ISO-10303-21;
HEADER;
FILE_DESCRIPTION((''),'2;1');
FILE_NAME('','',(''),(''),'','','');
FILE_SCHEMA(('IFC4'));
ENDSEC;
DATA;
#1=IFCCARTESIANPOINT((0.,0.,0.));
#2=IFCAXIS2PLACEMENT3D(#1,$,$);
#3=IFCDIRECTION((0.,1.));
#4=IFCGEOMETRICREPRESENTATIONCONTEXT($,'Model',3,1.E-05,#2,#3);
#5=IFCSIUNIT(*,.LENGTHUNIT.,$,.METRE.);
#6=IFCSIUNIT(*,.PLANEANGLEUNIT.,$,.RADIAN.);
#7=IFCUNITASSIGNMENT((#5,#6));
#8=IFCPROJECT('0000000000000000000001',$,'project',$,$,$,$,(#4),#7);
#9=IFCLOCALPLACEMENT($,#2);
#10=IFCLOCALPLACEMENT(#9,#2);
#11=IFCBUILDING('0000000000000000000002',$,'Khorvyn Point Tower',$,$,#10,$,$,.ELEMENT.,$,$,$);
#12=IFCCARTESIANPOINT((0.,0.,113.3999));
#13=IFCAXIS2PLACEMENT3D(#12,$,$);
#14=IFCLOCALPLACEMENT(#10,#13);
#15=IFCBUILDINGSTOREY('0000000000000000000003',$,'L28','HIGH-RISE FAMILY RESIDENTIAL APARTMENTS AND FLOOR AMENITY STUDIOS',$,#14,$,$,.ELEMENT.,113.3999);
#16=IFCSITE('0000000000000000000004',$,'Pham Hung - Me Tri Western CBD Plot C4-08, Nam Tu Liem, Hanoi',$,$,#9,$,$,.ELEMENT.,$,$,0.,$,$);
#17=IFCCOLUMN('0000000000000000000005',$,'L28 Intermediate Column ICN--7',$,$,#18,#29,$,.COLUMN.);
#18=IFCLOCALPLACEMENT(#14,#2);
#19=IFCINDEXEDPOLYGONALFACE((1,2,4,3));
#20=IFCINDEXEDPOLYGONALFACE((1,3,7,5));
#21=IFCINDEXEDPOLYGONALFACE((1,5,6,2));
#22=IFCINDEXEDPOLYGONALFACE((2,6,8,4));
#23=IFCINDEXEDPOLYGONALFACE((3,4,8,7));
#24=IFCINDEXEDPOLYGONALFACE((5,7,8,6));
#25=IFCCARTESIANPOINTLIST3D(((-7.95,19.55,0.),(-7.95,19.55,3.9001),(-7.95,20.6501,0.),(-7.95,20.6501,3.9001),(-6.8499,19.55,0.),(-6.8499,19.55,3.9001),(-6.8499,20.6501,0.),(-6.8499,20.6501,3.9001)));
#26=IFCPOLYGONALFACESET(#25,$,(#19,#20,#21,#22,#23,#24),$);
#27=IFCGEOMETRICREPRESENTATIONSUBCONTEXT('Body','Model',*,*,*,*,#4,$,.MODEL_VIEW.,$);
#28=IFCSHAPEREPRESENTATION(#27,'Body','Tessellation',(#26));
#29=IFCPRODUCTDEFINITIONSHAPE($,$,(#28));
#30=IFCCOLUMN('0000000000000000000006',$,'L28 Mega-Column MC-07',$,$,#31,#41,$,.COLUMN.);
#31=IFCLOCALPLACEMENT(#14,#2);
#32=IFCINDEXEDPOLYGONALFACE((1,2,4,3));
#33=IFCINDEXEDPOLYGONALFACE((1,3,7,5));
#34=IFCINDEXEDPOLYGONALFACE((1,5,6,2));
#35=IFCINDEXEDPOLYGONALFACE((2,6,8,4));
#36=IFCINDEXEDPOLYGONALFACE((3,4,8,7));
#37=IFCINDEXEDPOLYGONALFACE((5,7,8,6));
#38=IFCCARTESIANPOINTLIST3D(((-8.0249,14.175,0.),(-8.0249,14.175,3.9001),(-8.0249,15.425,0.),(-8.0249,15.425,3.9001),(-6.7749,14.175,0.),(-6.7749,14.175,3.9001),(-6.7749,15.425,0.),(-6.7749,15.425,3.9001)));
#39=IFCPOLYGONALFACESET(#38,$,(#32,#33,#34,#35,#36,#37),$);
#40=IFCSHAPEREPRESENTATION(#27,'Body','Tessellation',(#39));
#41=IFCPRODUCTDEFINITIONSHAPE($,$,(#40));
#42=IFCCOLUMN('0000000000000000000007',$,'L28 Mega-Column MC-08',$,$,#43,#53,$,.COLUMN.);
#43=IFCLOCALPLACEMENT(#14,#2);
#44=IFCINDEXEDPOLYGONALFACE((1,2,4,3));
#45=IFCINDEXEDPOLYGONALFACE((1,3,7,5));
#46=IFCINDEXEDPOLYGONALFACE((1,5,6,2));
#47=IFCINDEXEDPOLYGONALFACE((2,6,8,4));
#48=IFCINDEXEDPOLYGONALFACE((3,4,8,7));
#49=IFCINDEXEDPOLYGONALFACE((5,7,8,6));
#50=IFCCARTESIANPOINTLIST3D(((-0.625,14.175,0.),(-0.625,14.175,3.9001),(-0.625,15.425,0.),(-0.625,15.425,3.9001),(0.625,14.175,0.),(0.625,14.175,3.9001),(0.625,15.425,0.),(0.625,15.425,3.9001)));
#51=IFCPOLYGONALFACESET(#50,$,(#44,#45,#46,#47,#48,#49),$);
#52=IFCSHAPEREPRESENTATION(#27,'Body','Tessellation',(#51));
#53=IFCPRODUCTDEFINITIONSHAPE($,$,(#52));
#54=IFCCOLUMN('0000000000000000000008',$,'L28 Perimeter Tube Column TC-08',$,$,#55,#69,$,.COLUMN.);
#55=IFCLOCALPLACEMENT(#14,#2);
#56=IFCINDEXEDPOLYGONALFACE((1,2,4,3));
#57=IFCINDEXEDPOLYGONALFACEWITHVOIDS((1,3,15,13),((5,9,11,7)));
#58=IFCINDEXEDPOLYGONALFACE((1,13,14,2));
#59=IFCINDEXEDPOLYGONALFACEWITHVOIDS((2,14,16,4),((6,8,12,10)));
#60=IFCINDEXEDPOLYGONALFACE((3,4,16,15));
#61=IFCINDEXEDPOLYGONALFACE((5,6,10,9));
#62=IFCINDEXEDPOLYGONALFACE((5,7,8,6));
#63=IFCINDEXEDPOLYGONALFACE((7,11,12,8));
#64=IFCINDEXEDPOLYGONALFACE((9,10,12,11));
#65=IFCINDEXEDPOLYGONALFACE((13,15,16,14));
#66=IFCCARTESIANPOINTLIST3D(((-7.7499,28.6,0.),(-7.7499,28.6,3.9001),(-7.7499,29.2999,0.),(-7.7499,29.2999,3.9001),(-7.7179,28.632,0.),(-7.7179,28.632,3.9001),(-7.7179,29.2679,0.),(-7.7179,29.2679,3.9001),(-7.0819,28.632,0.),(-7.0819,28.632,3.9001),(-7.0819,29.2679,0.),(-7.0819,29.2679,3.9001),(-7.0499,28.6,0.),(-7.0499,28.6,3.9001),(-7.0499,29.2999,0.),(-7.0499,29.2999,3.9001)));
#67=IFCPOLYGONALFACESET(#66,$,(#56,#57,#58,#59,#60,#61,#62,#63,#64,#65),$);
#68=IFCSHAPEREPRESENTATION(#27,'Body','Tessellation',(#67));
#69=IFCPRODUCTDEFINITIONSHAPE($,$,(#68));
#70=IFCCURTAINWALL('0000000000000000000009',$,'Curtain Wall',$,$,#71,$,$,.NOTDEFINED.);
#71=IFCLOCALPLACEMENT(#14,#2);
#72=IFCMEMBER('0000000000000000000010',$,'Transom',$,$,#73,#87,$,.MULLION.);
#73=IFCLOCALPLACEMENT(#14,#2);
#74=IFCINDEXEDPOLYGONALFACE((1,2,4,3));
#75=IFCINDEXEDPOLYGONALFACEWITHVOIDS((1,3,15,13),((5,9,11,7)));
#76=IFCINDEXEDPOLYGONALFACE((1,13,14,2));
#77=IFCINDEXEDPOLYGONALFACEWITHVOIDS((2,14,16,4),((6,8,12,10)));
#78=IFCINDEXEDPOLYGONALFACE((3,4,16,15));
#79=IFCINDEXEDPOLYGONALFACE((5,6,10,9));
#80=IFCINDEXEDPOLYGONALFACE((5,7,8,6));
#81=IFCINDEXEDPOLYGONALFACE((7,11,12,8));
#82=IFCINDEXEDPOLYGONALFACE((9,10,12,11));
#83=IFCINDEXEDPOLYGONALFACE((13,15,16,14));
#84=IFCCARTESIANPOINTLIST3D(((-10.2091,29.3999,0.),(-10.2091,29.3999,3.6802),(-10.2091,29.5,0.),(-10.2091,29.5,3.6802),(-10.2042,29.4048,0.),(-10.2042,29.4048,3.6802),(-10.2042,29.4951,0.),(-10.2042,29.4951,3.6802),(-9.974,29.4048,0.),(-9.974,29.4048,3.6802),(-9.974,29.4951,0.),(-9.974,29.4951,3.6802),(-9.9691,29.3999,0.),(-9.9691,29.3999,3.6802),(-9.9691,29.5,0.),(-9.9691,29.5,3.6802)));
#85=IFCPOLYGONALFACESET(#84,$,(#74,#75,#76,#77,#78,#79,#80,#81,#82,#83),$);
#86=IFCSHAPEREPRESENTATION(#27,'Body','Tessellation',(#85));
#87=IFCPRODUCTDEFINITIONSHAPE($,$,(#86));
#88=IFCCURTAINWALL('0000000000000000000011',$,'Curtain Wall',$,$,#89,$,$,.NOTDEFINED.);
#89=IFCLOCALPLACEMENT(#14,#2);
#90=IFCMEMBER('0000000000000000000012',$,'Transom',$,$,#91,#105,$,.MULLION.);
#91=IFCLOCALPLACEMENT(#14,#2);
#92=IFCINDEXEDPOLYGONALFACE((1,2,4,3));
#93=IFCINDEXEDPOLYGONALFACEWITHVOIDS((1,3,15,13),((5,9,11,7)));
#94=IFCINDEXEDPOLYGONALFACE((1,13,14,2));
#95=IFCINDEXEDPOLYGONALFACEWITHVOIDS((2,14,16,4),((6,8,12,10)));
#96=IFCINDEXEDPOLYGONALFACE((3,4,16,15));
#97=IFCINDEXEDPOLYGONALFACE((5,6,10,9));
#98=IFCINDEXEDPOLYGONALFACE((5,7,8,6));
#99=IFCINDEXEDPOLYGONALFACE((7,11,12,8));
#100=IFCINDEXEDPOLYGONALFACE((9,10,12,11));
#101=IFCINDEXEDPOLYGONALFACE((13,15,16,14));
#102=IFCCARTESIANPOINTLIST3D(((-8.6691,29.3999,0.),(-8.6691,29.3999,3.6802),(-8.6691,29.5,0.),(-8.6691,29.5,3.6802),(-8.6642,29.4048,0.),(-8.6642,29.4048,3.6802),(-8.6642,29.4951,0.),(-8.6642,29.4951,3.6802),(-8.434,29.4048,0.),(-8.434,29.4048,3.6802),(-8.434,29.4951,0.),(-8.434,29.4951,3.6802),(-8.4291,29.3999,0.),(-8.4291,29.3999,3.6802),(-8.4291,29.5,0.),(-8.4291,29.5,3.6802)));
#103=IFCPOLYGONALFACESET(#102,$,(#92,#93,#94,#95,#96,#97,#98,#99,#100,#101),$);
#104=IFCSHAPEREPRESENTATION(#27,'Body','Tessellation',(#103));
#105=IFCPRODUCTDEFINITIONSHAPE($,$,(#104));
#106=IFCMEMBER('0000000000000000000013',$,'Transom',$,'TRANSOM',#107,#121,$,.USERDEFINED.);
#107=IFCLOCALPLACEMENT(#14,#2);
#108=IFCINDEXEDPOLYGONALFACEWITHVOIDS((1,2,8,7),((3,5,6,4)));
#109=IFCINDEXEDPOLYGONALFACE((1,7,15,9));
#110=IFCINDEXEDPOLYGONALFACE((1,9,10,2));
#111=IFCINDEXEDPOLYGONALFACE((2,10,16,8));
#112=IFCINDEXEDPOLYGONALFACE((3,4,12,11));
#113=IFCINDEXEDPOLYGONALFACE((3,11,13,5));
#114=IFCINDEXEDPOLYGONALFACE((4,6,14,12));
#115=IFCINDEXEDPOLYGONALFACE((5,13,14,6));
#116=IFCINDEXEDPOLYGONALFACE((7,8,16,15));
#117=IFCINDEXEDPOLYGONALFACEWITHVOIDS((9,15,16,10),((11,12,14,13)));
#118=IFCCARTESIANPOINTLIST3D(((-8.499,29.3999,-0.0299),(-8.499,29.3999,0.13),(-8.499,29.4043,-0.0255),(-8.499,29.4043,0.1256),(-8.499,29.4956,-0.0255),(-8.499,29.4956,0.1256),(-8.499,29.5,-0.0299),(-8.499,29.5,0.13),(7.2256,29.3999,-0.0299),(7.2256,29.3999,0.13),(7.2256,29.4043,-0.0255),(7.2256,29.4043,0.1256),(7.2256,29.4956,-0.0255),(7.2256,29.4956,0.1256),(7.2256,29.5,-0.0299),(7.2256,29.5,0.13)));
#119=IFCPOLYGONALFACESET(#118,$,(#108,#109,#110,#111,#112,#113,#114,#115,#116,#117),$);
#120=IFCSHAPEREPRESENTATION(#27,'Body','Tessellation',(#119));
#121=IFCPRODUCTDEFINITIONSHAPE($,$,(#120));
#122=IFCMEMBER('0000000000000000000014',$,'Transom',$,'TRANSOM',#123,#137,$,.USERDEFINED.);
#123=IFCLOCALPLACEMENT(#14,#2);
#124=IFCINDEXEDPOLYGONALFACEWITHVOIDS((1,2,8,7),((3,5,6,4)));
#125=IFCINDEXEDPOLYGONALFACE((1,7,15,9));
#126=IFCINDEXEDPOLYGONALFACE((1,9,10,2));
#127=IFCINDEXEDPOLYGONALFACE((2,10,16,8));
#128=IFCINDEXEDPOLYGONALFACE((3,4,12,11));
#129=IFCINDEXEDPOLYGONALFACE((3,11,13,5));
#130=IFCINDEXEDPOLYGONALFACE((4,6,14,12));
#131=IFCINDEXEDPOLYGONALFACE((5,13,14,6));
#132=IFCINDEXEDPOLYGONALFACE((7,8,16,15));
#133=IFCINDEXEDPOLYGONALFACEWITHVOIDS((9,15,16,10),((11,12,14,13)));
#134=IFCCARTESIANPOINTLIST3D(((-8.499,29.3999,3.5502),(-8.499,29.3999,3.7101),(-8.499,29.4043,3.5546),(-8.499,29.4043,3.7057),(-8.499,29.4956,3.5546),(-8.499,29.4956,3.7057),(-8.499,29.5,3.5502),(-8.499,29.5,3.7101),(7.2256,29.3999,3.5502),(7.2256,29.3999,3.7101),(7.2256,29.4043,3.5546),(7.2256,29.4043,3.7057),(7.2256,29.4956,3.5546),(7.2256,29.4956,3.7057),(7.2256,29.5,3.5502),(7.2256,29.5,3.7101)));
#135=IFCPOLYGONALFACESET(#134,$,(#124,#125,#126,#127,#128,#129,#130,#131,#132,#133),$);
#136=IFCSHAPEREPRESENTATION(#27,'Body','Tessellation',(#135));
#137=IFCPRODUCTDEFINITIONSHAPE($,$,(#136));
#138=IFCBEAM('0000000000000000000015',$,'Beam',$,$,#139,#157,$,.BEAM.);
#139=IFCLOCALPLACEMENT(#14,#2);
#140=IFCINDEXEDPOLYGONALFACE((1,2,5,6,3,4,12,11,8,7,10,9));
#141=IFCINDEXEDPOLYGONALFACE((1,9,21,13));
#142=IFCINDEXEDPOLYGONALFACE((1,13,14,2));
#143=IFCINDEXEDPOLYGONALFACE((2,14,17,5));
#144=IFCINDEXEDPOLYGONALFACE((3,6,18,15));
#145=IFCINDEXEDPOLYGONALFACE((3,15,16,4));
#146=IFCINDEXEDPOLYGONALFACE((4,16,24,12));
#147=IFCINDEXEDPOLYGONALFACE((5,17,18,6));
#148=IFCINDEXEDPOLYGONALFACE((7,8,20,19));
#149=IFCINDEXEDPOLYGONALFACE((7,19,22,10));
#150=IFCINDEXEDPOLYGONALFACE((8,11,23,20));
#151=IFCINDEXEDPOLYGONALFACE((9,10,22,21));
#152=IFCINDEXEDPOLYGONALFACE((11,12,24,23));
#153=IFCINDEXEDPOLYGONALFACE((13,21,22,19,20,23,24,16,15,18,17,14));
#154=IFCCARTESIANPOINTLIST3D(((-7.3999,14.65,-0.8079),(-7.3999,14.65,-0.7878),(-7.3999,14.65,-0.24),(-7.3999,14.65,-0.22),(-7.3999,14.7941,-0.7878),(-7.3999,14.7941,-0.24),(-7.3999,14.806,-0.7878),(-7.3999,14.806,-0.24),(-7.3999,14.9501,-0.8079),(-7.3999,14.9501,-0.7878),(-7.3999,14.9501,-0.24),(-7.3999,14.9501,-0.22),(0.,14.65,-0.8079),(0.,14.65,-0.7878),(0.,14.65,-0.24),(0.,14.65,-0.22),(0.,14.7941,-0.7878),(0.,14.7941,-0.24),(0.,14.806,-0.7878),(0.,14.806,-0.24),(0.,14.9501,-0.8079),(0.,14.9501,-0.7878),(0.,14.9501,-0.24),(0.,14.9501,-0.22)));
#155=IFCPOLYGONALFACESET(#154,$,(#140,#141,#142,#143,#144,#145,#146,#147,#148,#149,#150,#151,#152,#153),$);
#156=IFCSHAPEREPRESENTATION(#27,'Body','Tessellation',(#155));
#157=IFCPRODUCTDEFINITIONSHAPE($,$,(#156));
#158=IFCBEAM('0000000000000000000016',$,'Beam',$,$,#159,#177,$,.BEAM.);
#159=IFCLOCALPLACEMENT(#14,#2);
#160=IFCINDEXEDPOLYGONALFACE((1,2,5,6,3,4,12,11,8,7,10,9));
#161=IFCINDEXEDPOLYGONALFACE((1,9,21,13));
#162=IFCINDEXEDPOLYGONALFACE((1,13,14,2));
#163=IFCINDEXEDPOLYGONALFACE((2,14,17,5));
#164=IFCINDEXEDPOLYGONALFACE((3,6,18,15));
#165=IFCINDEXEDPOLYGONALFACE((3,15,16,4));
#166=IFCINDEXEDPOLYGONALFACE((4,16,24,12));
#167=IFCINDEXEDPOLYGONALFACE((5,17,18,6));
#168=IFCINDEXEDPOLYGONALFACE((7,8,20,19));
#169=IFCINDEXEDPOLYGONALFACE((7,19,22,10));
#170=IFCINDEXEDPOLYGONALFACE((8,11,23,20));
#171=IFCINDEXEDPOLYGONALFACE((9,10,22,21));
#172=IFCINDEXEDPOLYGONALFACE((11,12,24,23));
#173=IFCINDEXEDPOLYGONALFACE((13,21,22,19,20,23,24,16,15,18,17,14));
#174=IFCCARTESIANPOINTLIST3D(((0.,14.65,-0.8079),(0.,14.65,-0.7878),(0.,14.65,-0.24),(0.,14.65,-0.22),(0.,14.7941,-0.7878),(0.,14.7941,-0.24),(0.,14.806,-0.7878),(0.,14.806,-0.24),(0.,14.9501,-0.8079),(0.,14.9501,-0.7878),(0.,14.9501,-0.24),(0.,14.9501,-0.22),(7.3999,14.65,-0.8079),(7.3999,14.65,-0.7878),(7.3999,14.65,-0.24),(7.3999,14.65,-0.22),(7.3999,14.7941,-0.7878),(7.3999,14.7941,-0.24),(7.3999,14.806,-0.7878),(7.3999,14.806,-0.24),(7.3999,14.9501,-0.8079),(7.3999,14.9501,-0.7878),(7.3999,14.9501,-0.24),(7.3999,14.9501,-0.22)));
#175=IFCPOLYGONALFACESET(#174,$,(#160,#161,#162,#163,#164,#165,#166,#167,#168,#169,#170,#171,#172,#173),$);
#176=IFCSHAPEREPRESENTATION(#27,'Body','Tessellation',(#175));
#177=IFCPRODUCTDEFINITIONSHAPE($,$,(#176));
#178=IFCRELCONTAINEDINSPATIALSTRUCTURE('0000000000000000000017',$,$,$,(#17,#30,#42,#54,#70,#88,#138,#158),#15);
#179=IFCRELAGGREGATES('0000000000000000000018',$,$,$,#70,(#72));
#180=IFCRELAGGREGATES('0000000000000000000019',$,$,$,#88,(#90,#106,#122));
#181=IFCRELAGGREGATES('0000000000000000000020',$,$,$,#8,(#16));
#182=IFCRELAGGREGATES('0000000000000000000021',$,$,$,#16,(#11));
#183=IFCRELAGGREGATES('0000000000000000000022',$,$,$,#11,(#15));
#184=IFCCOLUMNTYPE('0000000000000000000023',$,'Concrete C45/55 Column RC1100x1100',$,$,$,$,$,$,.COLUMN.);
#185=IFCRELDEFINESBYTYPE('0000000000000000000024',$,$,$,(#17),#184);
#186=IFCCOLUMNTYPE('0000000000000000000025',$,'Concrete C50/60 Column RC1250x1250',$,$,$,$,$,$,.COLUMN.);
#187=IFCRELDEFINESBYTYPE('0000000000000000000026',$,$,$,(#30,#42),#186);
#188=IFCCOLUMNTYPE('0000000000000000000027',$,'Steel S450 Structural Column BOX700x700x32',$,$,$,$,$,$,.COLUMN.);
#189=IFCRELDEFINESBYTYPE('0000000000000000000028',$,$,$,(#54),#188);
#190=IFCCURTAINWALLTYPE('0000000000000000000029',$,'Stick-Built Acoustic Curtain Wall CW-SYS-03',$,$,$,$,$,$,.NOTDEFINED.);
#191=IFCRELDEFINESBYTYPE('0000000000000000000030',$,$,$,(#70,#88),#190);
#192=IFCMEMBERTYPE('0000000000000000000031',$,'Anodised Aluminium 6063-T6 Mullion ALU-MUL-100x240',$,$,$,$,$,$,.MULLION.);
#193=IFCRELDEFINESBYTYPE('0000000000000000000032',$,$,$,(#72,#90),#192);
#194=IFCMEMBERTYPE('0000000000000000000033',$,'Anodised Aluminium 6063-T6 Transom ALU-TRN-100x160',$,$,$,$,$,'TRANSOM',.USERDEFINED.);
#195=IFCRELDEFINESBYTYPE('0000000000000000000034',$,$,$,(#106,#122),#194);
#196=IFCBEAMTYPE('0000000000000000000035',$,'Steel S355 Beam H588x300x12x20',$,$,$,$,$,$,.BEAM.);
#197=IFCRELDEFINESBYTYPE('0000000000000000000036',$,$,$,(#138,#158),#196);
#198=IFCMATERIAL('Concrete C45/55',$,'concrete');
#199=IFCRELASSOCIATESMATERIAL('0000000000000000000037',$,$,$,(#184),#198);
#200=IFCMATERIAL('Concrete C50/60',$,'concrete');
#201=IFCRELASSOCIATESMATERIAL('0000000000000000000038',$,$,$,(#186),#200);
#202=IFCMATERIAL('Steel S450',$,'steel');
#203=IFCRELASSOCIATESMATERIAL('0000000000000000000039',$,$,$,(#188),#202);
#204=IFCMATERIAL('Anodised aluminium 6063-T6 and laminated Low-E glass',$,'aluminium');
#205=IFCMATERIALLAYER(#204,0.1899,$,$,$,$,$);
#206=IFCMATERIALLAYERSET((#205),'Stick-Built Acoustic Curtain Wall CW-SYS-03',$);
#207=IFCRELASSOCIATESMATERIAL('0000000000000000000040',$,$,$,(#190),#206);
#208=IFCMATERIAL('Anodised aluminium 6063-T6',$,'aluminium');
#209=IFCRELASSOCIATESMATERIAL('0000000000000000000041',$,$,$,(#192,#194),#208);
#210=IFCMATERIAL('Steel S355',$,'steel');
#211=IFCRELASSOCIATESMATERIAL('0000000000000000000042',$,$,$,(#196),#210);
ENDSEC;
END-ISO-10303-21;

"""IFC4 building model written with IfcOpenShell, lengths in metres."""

from ifc_helpers import new_model, si_unit, direction, frame, origin, origin_2d, place, context, subcontext, project, spatial, rectangle, hollow_rectangle, i_section, extrude, material, layer, layer_set, material_profile, profile_set, type_object, element, aggregate, save


model = new_model("IFC4")

# Units and contexts
model_context = context("Model", 3, precision=1e-05, world=origin(), true_north=direction((0.0, 1.0)))
body_context = subcontext(model_context, "Body", "Model", "MODEL_VIEW")
ifc_project = project(units=[si_unit("LENGTHUNIT", "METRE"), si_unit("PLANEANGLEUNIT", "RADIAN")], contexts=[model_context])

# Site, building, storey
site_placement = place(None, origin())
site = spatial("IfcSite", under=ifc_project, at=site_placement, Name="Pham Hung - Me Tri Western CBD Plot C4-08, Nam Tu Liem, Hanoi", CompositionType="ELEMENT", RefElevation=0.0)
building_placement = place(site_placement, origin())
building = spatial("IfcBuilding", under=site, at=building_placement, Name="Khorvyn Point Tower", CompositionType="ELEMENT")
storey_placement = place(building_placement, frame((0.0, 0.0, 113.3999)))
storey = spatial("IfcBuildingStorey", under=building, at=storey_placement, Name="L28", Description="HIGH-RISE FAMILY RESIDENTIAL APARTMENTS AND FLOOR AMENITY STUDIOS", CompositionType="ELEMENT", Elevation=113.3999)

# Columns
ifc_material_1 = material(Name="Concrete C45/55", Category="concrete")
ifc_material_profile_1 = material_profile(ifc_material_1, rectangle(XDim=1.1001, YDim=1.1001, at=origin_2d()))
ifc_profile_set_1 = profile_set([ifc_material_profile_1], Name="Concrete C45/55 RC1100x1100")
column_type_1 = type_object("IfcColumnType", Name="Concrete C45/55 Column RC1100x1100", PredefinedType="COLUMN", material=ifc_profile_set_1)
column_1_placement = place(storey_placement, frame((-7.3999, 20.1001, 0.0), z_axis=(0.0, 0.0, 1.0), x_axis=(1.0, 0.0, 0.0)))
element("IfcColumn", 1, at=column_1_placement, inside=storey, type_object=column_type_1, Name="L28 Intermediate Column ICN--7", PredefinedType="COLUMN", context=body_context, shape_type="SweptSolid", body=[
    extrude(rectangle(XDim=1.1001, YDim=1.1001, at=origin_2d()), origin(), (0.0, 0.0, 1.0), 3.9001),
])
ifc_material_2 = material(Name="Concrete C50/60", Category="concrete")
ifc_material_profile_2 = material_profile(ifc_material_2, rectangle(XDim=1.25, YDim=1.25, at=origin_2d()))
ifc_profile_set_2 = profile_set([ifc_material_profile_2], Name="Concrete C50/60 RC1250x1250")
column_type_2 = type_object("IfcColumnType", Name="Concrete C50/60 Column RC1250x1250", PredefinedType="COLUMN", material=ifc_profile_set_2)
for number, where, z_axis, x_axis, name in (
    (2, (-7.3999, 14.8, 0.0), (0.0, 0.0, 1.0), (1.0, 0.0, 0.0), "L28 Mega-Column MC-07"),
    (3, (0.0, 14.8, 0.0), (0.0, 0.0, 1.0), (1.0, 0.0, 0.0), "L28 Mega-Column MC-08"),
):
    element("IfcColumn", number, at=place(storey_placement, frame(where, z_axis=z_axis, x_axis=x_axis)), inside=storey, type_object=column_type_2, Name=name, PredefinedType="COLUMN", context=body_context, shape_type="SweptSolid", body=[
        extrude(rectangle(XDim=1.25, YDim=1.25, at=origin_2d()), origin(), (0.0, 0.0, 1.0), 3.9001),
    ])
ifc_material_3 = material(Name="Steel S450", Category="steel")
ifc_material_profile_3 = material_profile(ifc_material_3, hollow_rectangle(XDim=0.7, YDim=0.7, WallThickness=0.032, at=origin_2d()))
ifc_profile_set_3 = profile_set([ifc_material_profile_3], Name="Steel S450 BOX700x700x32")
column_type_3 = type_object("IfcColumnType", Name="Steel S450 Structural Column BOX700x700x32", PredefinedType="COLUMN", material=ifc_profile_set_3)
column_2_placement = place(storey_placement, frame((-7.3999, 28.95, 0.0), z_axis=(0.0, 0.0, 1.0), x_axis=(1.0, 0.0, 0.0)))
element("IfcColumn", 4, at=column_2_placement, inside=storey, type_object=column_type_3, Name="L28 Perimeter Tube Column TC-08", PredefinedType="COLUMN", context=body_context, shape_type="SweptSolid", body=[
    extrude(hollow_rectangle(XDim=0.7, YDim=0.7, WallThickness=0.032, at=origin_2d()), origin(), (0.0, 0.0, 1.0), 3.9001),
])

# Curtain wall, member
ifc_material_4 = material(Name="Anodised aluminium 6063-T6 and laminated Low-E glass", Category="aluminium")
ifc_layer_1 = layer(ifc_material_4, 0.1899)
ifc_layer_set_1 = layer_set([ifc_layer_1], Name="Stick-Built Acoustic Curtain Wall CW-SYS-03")
curtain_wall_type = type_object("IfcCurtainWallType", Name="Stick-Built Acoustic Curtain Wall CW-SYS-03", PredefinedType="NOTDEFINED", material=ifc_layer_set_1)
curtain_wall_1_placement = place(storey_placement, origin())
curtain_wall_1 = element("IfcCurtainWall", 5, at=curtain_wall_1_placement, inside=storey, type_object=curtain_wall_type, Name="Curtain Wall", PredefinedType="NOTDEFINED")
ifc_material_5 = material(Name="Anodised aluminium 6063-T6", Category="aluminium")
ifc_material_profile_4 = material_profile(ifc_material_5, hollow_rectangle(XDim=0.1001, YDim=0.24, WallThickness=0.0049, at=origin_2d()))
ifc_profile_set_4 = profile_set([ifc_material_profile_4], Name="Anodised aluminium 6063-T6 ALU-MUL-100x240")
member_type_1 = type_object("IfcMemberType", Name="Anodised Aluminium 6063-T6 Mullion ALU-MUL-100x240", PredefinedType="MULLION", material=ifc_profile_set_4)
member_1_placement = place(storey_placement, frame((-10.0891, 29.45, 0.0), z_axis=(0.0, 0.0, 1.0), x_axis=(0.0, 1.0, 0.0)))
member_1 = element("IfcMember", 6, at=member_1_placement, type_object=member_type_1, Name="Transom", PredefinedType="MULLION", context=body_context, shape_type="SweptSolid", body=[
    extrude(hollow_rectangle(XDim=0.1001, YDim=0.24, WallThickness=0.0049, at=origin_2d()), origin(), (0.0, 0.0, 1.0), 3.6802),
])
aggregate(curtain_wall_1, [member_1])

# Curtain wall, members
curtain_wall_2_placement = place(storey_placement, origin())
curtain_wall_2 = element("IfcCurtainWall", 7, at=curtain_wall_2_placement, inside=storey, type_object=curtain_wall_type, Name="Curtain Wall", PredefinedType="NOTDEFINED")
member_2_placement = place(storey_placement, frame((-8.5491, 29.45, 0.0), z_axis=(0.0, 0.0, 1.0), x_axis=(0.0, 1.0, 0.0)))
member_2 = element("IfcMember", 8, at=member_2_placement, type_object=member_type_1, Name="Transom", PredefinedType="MULLION", context=body_context, shape_type="SweptSolid", body=[
    extrude(hollow_rectangle(XDim=0.1001, YDim=0.24, WallThickness=0.0049, at=origin_2d()), origin(), (0.0, 0.0, 1.0), 3.6802),
])
ifc_material_profile_5 = material_profile(ifc_material_5, hollow_rectangle(XDim=0.1001, YDim=0.1599, WallThickness=0.0044, at=origin_2d()))
ifc_profile_set_5 = profile_set([ifc_material_profile_5], Name="Anodised aluminium 6063-T6 ALU-TRN-100x160")
member_type_2 = type_object("IfcMemberType", Name="Anodised Aluminium 6063-T6 Transom ALU-TRN-100x160", ElementType="TRANSOM", PredefinedType="USERDEFINED", material=ifc_profile_set_5)
member_3_placement = place(storey_placement, frame((-8.499, 29.45, 0.05), z_axis=(1.0, 0.0, 0.0), x_axis=(0.0, 1.0, 0.0)))
member_3 = element("IfcMember", 9, at=member_3_placement, type_object=member_type_2, Name="Transom", ObjectType="TRANSOM", PredefinedType="USERDEFINED", context=body_context, shape_type="SweptSolid", body=[
    extrude(hollow_rectangle(XDim=0.1001, YDim=0.1599, WallThickness=0.0044, at=origin_2d()), origin(), (0.0, 0.0, 1.0), 15.7246),
])
member_4_placement = place(storey_placement, frame((-8.499, 29.45, 3.6301), z_axis=(1.0, 0.0, 0.0), x_axis=(0.0, 1.0, 0.0)))
member_4 = element("IfcMember", 10, at=member_4_placement, type_object=member_type_2, Name="Transom", ObjectType="TRANSOM", PredefinedType="USERDEFINED", context=body_context, shape_type="SweptSolid", body=[
    extrude(hollow_rectangle(XDim=0.1001, YDim=0.1599, WallThickness=0.0044, at=origin_2d()), origin(), (0.0, 0.0, 1.0), 15.7246),
])

# Beams
ifc_material_6 = material(Name="Steel S355", Category="steel")
ifc_material_profile_6 = material_profile(ifc_material_6, i_section(OverallWidth=0.3, OverallDepth=0.5879, WebThickness=0.012, FlangeThickness=0.02, at=origin_2d()))
ifc_profile_set_6 = profile_set([ifc_material_profile_6], Name="Steel S355 H588x300x12x20")
beam_type_1 = type_object("IfcBeamType", Name="Steel S355 Beam H588x300x12x20", PredefinedType="BEAM", material=ifc_profile_set_6)
for number, where, z_axis, x_axis, name in (
    (11, (-7.3999, 14.8, -0.5139), (1.0, 0.0, 0.0), (0.0, 1.0, 0.0), "Beam"),
    (12, (0.0, 14.8, -0.5139), (1.0, 0.0, 0.0), (0.0, 1.0, 0.0), "Beam"),
):
    element("IfcBeam", number, at=place(storey_placement, frame(where, z_axis=z_axis, x_axis=x_axis)), inside=storey, type_object=beam_type_1, Name=name, PredefinedType="BEAM", context=body_context, shape_type="SweptSolid", body=[
        extrude(i_section(OverallWidth=0.3, OverallDepth=0.5879, WebThickness=0.012, FlangeThickness=0.02, at=origin_2d()), origin(), (0.0, 0.0, 1.0), 7.3999),
    ])

aggregate(curtain_wall_2, [member_2, member_3, member_4])

save(model, "model.ifc")
